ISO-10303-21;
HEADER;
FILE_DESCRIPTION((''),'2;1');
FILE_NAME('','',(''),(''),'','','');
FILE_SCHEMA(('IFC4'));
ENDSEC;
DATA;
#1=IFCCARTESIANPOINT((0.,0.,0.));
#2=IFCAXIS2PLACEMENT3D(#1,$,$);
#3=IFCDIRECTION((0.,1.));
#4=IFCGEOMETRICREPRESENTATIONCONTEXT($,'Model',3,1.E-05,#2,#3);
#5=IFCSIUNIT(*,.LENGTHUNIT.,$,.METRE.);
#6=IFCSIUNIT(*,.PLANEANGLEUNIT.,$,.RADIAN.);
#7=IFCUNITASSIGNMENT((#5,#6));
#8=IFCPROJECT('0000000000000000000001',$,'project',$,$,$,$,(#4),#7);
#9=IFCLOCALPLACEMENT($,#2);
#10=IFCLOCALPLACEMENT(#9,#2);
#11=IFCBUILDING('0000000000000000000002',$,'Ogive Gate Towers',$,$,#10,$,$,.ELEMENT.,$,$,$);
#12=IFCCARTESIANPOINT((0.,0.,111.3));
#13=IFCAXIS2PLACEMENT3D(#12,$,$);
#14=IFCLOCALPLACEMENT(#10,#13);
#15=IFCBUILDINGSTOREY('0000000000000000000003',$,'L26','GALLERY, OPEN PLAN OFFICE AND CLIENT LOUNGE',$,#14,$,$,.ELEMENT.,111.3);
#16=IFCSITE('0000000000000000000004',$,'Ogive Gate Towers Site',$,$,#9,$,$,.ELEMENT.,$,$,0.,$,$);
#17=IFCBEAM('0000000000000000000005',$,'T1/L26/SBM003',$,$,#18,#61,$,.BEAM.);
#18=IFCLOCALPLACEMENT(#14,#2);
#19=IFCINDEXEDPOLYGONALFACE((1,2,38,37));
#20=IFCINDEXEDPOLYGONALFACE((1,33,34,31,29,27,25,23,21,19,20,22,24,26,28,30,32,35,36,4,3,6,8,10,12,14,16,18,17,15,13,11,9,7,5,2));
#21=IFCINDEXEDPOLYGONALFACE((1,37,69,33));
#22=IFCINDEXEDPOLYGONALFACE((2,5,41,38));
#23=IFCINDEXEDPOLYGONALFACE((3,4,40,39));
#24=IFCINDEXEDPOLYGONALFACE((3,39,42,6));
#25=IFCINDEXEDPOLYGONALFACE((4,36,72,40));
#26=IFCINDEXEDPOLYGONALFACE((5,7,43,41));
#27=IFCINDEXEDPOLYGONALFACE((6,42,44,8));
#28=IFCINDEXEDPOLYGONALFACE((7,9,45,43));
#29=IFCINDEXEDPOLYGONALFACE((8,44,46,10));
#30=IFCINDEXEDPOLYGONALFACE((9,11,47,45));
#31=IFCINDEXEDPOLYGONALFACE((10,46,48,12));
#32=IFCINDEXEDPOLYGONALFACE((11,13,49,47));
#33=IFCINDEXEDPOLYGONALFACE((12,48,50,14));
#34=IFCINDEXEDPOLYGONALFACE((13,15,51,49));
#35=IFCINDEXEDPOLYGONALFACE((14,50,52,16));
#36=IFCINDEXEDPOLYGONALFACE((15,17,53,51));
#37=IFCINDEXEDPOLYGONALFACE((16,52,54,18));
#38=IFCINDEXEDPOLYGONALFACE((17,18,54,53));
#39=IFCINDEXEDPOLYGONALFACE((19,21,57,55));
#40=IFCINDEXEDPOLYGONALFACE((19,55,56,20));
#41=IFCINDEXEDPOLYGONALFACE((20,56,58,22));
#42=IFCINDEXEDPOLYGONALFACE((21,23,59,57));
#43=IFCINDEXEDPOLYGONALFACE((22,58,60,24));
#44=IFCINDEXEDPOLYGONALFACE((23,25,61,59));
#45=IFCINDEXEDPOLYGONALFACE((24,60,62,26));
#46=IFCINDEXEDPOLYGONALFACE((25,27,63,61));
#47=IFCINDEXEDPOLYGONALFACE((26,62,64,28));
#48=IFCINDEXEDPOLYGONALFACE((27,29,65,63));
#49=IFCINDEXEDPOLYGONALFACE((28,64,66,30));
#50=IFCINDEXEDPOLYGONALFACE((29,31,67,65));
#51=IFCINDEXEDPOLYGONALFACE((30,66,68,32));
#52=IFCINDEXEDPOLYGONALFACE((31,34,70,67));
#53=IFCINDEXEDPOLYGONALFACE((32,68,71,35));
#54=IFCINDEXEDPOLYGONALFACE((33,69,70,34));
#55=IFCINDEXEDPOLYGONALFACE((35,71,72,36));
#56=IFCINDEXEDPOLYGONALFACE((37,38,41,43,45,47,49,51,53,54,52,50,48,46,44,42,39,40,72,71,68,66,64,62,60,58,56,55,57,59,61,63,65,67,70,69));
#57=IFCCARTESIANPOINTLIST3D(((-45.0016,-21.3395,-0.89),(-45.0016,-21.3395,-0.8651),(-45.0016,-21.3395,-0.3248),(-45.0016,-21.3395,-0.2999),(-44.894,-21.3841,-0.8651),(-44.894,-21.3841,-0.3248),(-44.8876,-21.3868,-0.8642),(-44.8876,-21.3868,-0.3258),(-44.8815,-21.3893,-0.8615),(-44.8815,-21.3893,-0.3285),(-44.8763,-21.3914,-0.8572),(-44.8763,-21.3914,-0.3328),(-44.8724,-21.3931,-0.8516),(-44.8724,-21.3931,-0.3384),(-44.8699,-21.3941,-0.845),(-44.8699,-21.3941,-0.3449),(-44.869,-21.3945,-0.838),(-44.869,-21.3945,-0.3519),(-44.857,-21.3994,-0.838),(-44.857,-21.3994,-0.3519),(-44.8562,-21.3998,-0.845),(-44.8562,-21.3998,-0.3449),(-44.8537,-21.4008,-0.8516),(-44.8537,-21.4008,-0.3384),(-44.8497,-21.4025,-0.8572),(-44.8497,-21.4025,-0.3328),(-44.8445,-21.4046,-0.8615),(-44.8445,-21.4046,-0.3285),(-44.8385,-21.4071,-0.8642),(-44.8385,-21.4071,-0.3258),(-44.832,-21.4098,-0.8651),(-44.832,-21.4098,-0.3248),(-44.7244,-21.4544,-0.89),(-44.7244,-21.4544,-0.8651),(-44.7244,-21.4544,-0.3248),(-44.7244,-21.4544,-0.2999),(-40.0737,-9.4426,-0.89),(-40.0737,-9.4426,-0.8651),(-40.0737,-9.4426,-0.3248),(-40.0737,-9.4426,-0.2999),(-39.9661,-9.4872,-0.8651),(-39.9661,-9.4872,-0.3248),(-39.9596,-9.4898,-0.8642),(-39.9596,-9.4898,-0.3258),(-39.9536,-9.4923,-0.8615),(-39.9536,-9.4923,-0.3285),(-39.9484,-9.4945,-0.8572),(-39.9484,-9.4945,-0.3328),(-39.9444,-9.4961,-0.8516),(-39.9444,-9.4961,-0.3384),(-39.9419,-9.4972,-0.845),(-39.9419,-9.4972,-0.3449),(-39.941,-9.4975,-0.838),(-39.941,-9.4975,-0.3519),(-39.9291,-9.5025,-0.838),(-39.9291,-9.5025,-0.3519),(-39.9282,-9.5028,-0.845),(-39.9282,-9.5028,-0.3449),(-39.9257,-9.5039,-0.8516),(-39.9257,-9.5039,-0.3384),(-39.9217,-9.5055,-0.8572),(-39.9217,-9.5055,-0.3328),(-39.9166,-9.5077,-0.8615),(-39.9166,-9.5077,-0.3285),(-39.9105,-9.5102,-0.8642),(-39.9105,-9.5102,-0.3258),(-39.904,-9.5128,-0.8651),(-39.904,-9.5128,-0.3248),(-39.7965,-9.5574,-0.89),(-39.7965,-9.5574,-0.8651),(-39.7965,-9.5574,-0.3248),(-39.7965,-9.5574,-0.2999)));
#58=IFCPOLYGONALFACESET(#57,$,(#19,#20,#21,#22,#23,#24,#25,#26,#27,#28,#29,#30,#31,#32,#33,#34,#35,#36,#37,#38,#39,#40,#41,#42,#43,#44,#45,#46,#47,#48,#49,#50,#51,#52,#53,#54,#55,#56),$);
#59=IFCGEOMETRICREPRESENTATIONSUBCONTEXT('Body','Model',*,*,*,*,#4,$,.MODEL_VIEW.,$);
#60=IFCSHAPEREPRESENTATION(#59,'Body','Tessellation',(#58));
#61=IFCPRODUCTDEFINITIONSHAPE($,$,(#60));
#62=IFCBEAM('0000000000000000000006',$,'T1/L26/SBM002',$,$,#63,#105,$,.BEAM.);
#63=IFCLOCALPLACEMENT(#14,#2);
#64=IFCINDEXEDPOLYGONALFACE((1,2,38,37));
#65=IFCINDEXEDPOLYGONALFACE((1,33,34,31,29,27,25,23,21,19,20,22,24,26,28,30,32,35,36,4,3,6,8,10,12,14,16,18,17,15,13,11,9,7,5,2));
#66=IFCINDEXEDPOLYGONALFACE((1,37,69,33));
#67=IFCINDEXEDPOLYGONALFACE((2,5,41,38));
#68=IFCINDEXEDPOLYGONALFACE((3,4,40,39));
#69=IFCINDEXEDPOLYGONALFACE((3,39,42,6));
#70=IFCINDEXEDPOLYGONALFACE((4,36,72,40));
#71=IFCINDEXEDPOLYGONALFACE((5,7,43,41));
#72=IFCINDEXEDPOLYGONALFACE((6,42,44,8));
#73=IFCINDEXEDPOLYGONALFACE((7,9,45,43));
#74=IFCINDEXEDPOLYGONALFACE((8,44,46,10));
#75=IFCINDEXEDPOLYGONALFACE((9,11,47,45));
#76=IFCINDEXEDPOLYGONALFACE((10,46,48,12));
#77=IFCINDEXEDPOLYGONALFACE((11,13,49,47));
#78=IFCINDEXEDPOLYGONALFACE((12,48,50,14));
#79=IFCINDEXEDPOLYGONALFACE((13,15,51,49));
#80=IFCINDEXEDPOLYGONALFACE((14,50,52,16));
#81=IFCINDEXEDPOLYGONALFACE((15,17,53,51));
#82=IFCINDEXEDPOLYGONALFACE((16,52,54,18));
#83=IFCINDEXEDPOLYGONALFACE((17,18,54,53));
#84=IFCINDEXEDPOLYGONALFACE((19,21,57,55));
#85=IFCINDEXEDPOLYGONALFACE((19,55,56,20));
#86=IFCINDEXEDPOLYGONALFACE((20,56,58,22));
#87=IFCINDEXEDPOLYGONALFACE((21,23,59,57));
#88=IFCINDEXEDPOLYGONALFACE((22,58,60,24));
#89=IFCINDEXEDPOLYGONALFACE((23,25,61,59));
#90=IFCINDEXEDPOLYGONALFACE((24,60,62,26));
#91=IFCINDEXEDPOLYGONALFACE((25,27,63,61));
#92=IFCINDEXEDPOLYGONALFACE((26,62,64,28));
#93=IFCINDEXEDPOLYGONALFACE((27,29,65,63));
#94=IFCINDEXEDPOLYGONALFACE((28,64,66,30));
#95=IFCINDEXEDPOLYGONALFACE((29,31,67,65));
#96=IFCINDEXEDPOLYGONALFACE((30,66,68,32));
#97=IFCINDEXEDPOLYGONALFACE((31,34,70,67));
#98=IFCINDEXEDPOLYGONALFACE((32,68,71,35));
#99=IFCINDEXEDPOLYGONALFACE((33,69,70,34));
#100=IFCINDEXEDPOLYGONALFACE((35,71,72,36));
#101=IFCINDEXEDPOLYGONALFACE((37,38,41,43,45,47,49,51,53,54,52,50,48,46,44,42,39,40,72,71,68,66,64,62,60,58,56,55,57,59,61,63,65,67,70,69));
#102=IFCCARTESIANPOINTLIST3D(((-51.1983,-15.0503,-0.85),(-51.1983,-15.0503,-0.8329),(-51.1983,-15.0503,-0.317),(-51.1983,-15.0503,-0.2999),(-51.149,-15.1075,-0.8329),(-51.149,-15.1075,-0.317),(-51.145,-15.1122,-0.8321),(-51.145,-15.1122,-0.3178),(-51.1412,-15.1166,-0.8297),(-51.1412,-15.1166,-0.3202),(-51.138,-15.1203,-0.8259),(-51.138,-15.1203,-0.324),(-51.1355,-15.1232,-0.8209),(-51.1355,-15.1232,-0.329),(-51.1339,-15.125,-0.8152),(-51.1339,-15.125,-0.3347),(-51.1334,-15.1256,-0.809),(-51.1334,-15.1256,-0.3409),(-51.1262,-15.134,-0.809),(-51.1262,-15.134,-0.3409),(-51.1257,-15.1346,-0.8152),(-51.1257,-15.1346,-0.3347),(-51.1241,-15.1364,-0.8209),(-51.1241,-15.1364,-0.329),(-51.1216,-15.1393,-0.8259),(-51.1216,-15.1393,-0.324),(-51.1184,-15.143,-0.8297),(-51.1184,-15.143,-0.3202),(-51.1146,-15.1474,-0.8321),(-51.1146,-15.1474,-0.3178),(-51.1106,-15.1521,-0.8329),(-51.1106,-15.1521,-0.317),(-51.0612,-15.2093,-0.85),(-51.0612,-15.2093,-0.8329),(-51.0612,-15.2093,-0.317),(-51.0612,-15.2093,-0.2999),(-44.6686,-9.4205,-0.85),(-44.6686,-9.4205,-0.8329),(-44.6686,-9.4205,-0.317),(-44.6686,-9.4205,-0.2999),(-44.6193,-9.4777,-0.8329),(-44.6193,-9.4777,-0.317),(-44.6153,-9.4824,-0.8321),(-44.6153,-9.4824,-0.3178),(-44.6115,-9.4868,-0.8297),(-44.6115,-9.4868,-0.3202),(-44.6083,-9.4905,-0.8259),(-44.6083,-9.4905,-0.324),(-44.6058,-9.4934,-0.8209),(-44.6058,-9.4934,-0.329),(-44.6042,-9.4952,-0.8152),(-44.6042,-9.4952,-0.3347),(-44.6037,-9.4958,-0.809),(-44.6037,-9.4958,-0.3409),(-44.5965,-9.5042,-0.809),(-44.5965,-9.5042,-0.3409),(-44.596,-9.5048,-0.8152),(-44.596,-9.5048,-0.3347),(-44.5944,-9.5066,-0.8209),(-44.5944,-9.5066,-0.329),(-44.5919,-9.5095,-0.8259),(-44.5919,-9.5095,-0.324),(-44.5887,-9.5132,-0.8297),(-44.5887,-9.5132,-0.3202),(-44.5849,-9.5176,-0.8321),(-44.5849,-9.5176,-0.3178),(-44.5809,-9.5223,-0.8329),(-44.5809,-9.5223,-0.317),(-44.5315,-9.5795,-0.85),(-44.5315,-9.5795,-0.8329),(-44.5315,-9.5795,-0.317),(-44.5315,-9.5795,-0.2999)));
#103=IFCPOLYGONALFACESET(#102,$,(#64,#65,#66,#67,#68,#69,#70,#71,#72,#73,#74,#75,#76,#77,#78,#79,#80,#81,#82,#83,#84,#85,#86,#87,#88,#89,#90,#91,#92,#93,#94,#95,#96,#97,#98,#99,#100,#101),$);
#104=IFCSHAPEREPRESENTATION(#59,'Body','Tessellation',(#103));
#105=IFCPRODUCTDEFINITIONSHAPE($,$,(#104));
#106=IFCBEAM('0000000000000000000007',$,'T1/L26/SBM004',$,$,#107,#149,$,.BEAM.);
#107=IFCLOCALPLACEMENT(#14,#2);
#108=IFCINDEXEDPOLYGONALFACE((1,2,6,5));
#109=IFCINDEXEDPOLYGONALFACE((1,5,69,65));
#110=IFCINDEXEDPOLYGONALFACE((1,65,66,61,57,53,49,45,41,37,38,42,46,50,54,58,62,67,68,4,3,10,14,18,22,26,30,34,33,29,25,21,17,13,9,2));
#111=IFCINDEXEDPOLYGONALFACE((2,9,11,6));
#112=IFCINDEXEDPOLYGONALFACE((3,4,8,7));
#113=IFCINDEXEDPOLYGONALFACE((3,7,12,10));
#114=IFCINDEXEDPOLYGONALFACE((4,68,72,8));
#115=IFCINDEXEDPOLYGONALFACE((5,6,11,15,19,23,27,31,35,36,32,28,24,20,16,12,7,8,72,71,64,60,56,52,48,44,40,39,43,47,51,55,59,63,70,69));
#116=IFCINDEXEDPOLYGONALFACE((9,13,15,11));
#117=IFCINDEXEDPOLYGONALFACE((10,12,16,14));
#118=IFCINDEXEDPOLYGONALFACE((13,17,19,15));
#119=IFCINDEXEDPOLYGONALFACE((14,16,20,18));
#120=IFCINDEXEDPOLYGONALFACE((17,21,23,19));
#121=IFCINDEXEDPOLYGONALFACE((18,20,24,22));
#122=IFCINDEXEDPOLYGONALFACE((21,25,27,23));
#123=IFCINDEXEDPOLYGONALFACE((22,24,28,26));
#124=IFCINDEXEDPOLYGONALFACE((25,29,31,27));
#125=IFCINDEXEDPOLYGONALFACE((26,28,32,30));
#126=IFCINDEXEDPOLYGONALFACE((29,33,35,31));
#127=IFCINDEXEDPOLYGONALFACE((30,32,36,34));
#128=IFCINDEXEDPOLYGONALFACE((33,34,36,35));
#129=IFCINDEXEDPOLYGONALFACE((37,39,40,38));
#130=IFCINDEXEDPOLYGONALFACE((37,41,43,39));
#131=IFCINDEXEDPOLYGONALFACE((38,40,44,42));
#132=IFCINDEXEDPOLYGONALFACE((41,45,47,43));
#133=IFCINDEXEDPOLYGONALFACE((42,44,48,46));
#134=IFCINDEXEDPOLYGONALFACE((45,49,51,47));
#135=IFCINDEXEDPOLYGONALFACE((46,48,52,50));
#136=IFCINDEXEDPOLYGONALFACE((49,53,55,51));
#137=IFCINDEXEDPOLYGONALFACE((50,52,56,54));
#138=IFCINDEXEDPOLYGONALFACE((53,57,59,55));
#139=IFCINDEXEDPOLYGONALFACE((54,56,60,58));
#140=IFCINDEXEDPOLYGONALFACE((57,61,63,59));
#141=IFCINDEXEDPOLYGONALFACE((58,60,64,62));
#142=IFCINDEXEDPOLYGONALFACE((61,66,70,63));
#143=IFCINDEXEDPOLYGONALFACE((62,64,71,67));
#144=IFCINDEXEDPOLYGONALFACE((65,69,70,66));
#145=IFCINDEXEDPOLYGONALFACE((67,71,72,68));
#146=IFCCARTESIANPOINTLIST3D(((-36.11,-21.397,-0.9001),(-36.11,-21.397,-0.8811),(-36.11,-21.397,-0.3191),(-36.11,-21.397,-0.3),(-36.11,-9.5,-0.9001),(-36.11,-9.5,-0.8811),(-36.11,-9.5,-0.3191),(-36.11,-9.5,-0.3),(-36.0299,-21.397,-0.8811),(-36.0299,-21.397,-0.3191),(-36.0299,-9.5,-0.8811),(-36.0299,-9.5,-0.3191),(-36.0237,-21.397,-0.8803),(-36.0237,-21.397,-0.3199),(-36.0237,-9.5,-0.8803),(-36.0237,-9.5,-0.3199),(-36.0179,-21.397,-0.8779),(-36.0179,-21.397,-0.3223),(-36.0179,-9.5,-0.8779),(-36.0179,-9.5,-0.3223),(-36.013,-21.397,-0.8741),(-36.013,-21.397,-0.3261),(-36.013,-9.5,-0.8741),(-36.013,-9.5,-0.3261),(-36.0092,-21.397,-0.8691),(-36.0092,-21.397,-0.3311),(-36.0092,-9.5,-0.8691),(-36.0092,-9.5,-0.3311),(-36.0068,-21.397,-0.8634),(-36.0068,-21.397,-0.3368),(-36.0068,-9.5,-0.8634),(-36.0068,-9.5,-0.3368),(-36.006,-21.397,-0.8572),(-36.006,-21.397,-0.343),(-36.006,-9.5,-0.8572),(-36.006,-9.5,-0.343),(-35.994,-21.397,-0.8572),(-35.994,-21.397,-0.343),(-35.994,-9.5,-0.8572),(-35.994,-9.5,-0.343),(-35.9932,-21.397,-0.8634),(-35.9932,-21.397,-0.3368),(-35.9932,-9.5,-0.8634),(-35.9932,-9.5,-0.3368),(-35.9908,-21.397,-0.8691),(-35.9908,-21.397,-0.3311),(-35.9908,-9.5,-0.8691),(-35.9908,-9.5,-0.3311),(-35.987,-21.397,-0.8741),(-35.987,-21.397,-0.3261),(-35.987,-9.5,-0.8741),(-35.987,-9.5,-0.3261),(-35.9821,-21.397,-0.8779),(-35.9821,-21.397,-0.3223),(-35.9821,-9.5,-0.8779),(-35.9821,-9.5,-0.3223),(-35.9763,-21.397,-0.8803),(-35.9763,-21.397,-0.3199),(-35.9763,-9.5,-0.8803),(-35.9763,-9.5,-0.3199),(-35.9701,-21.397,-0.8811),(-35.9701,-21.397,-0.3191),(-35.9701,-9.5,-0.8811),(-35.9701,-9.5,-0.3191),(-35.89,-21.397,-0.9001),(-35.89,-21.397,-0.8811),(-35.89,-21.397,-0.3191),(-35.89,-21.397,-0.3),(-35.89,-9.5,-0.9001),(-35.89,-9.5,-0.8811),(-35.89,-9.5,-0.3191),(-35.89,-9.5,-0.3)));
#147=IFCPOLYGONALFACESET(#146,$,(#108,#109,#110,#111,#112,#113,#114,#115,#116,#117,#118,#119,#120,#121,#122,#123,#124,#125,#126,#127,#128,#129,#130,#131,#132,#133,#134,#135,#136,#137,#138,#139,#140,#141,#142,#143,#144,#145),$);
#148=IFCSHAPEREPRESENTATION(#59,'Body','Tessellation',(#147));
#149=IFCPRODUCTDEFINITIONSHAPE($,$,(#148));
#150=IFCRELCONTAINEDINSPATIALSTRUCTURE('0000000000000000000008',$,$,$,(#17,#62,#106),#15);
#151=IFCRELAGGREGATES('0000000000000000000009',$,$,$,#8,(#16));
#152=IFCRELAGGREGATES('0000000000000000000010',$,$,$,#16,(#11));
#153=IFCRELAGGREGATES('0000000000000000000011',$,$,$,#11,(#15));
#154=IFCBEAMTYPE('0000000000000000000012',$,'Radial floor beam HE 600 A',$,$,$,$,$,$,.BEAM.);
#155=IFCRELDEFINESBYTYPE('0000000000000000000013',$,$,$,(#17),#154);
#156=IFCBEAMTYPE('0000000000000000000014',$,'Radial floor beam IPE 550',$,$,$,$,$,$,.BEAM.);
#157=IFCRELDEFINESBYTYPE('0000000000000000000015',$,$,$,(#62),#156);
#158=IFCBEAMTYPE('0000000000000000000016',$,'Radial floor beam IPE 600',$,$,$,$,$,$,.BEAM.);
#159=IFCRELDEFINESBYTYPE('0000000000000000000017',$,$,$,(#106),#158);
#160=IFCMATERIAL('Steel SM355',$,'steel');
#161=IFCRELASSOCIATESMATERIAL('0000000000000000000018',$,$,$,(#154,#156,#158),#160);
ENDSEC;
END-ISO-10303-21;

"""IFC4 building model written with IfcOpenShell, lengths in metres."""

from ifc_helpers import new_model, si_unit, direction, frame, origin, origin_2d, place, context, subcontext, project, spatial, i_section, extrude, material, material_profile, profile_set, type_object, element, save


model = new_model("IFC4")

# Units and contexts
model_context = context("Model", 3, precision=1e-05, world=origin(), true_north=direction((0.0, 1.0)))
body_context = subcontext(model_context, "Body", "Model", "MODEL_VIEW")
ifc_project = project(units=[si_unit("LENGTHUNIT", "METRE"), si_unit("PLANEANGLEUNIT", "RADIAN")], contexts=[model_context])

# Site, building, storey
site_placement = place(None, origin())
site = spatial("IfcSite", under=ifc_project, at=site_placement, Name="Ogive Gate Towers Site", CompositionType="ELEMENT", RefElevation=0.0)
building_placement = place(site_placement, origin())
building = spatial("IfcBuilding", under=site, at=building_placement, Name="Ogive Gate Towers", CompositionType="ELEMENT")
storey_placement = place(building_placement, frame((0.0, 0.0, 111.3)))
storey = spatial("IfcBuildingStorey", under=building, at=storey_placement, Name="L26", Description="GALLERY, OPEN PLAN OFFICE AND CLIENT LOUNGE", CompositionType="ELEMENT", Elevation=111.3)

# Beams
ifc_material_1 = material(Name="Steel SM355", Category="steel")
ifc_material_profile_1 = material_profile(ifc_material_1, i_section(OverallWidth=0.3, OverallDepth=0.5901, WebThickness=0.0129, FlangeThickness=0.0249, FilletRadius=0.0271, at=origin_2d()), Name="HE 600 A")
ifc_profile_set_1 = profile_set([ifc_material_profile_1], Name="Steel SM355")
beam_type_1 = type_object("IfcBeamType", Name="Radial floor beam HE 600 A", PredefinedType="BEAM", material=ifc_profile_set_1)
beam_1_placement = place(storey_placement, frame((-39.9351, -9.5, -0.595), z_axis=(-0.382689, -0.923877, 0.0), x_axis=(0.923877, -0.382689, 0.0)))
element("IfcBeam", 1, at=beam_1_placement, inside=storey, type_object=beam_type_1, Name="T1/L26/SBM003", PredefinedType="BEAM", context=body_context, shape_type="SweptSolid", body=[
    extrude(i_section(OverallWidth=0.3, OverallDepth=0.5901, WebThickness=0.0129, FlangeThickness=0.0249, FilletRadius=0.0271, at=origin_2d()), origin(), (0.0, 0.0, 1.0), 12.8772),
])
ifc_material_profile_2 = material_profile(ifc_material_1, i_section(OverallWidth=0.21, OverallDepth=0.55, WebThickness=0.011, FlangeThickness=0.0171, FilletRadius=0.0239, at=origin_2d()), Name="IPE 550")
ifc_profile_set_2 = profile_set([ifc_material_profile_2], Name="Steel SM355")
beam_type_2 = type_object("IfcBeamType", Name="Radial floor beam IPE 550", PredefinedType="BEAM", material=ifc_profile_set_2)
beam_2_placement = place(storey_placement, frame((-44.6001, -9.5, -0.575), z_axis=(-0.757366, -0.65299, 0.0), x_axis=(0.65299, -0.757366, 0.0)))
element("IfcBeam", 2, at=beam_2_placement, inside=storey, type_object=beam_type_2, Name="T1/L26/SBM002", PredefinedType="BEAM", context=body_context, shape_type="SweptSolid", body=[
    extrude(i_section(OverallWidth=0.21, OverallDepth=0.55, WebThickness=0.011, FlangeThickness=0.0171, FilletRadius=0.0239, at=origin_2d()), origin(), (0.0, 0.0, 1.0), 8.6216),
])
ifc_material_profile_3 = material_profile(ifc_material_1, i_section(OverallWidth=0.22, OverallDepth=0.6001, WebThickness=0.012, FlangeThickness=0.019, FilletRadius=0.0239, at=origin_2d()), Name="IPE 600")
ifc_profile_set_3 = profile_set([ifc_material_profile_3], Name="Steel SM355")
beam_type_3 = type_object("IfcBeamType", Name="Radial floor beam IPE 600", PredefinedType="BEAM", material=ifc_profile_set_3)
beam_3_placement = place(storey_placement, frame((-36.0, -9.5, -0.6001), z_axis=(0.0, -1.0, 0.0), x_axis=(1.0, 0.0, 0.0)))
element("IfcBeam", 3, at=beam_3_placement, inside=storey, type_object=beam_type_3, Name="T1/L26/SBM004", PredefinedType="BEAM", context=body_context, shape_type="SweptSolid", body=[
    extrude(i_section(OverallWidth=0.22, OverallDepth=0.6001, WebThickness=0.012, FlangeThickness=0.019, FilletRadius=0.0239, at=origin_2d()), origin(), (0.0, 0.0, 1.0), 11.897),
])

save(model, "model.ifc")
